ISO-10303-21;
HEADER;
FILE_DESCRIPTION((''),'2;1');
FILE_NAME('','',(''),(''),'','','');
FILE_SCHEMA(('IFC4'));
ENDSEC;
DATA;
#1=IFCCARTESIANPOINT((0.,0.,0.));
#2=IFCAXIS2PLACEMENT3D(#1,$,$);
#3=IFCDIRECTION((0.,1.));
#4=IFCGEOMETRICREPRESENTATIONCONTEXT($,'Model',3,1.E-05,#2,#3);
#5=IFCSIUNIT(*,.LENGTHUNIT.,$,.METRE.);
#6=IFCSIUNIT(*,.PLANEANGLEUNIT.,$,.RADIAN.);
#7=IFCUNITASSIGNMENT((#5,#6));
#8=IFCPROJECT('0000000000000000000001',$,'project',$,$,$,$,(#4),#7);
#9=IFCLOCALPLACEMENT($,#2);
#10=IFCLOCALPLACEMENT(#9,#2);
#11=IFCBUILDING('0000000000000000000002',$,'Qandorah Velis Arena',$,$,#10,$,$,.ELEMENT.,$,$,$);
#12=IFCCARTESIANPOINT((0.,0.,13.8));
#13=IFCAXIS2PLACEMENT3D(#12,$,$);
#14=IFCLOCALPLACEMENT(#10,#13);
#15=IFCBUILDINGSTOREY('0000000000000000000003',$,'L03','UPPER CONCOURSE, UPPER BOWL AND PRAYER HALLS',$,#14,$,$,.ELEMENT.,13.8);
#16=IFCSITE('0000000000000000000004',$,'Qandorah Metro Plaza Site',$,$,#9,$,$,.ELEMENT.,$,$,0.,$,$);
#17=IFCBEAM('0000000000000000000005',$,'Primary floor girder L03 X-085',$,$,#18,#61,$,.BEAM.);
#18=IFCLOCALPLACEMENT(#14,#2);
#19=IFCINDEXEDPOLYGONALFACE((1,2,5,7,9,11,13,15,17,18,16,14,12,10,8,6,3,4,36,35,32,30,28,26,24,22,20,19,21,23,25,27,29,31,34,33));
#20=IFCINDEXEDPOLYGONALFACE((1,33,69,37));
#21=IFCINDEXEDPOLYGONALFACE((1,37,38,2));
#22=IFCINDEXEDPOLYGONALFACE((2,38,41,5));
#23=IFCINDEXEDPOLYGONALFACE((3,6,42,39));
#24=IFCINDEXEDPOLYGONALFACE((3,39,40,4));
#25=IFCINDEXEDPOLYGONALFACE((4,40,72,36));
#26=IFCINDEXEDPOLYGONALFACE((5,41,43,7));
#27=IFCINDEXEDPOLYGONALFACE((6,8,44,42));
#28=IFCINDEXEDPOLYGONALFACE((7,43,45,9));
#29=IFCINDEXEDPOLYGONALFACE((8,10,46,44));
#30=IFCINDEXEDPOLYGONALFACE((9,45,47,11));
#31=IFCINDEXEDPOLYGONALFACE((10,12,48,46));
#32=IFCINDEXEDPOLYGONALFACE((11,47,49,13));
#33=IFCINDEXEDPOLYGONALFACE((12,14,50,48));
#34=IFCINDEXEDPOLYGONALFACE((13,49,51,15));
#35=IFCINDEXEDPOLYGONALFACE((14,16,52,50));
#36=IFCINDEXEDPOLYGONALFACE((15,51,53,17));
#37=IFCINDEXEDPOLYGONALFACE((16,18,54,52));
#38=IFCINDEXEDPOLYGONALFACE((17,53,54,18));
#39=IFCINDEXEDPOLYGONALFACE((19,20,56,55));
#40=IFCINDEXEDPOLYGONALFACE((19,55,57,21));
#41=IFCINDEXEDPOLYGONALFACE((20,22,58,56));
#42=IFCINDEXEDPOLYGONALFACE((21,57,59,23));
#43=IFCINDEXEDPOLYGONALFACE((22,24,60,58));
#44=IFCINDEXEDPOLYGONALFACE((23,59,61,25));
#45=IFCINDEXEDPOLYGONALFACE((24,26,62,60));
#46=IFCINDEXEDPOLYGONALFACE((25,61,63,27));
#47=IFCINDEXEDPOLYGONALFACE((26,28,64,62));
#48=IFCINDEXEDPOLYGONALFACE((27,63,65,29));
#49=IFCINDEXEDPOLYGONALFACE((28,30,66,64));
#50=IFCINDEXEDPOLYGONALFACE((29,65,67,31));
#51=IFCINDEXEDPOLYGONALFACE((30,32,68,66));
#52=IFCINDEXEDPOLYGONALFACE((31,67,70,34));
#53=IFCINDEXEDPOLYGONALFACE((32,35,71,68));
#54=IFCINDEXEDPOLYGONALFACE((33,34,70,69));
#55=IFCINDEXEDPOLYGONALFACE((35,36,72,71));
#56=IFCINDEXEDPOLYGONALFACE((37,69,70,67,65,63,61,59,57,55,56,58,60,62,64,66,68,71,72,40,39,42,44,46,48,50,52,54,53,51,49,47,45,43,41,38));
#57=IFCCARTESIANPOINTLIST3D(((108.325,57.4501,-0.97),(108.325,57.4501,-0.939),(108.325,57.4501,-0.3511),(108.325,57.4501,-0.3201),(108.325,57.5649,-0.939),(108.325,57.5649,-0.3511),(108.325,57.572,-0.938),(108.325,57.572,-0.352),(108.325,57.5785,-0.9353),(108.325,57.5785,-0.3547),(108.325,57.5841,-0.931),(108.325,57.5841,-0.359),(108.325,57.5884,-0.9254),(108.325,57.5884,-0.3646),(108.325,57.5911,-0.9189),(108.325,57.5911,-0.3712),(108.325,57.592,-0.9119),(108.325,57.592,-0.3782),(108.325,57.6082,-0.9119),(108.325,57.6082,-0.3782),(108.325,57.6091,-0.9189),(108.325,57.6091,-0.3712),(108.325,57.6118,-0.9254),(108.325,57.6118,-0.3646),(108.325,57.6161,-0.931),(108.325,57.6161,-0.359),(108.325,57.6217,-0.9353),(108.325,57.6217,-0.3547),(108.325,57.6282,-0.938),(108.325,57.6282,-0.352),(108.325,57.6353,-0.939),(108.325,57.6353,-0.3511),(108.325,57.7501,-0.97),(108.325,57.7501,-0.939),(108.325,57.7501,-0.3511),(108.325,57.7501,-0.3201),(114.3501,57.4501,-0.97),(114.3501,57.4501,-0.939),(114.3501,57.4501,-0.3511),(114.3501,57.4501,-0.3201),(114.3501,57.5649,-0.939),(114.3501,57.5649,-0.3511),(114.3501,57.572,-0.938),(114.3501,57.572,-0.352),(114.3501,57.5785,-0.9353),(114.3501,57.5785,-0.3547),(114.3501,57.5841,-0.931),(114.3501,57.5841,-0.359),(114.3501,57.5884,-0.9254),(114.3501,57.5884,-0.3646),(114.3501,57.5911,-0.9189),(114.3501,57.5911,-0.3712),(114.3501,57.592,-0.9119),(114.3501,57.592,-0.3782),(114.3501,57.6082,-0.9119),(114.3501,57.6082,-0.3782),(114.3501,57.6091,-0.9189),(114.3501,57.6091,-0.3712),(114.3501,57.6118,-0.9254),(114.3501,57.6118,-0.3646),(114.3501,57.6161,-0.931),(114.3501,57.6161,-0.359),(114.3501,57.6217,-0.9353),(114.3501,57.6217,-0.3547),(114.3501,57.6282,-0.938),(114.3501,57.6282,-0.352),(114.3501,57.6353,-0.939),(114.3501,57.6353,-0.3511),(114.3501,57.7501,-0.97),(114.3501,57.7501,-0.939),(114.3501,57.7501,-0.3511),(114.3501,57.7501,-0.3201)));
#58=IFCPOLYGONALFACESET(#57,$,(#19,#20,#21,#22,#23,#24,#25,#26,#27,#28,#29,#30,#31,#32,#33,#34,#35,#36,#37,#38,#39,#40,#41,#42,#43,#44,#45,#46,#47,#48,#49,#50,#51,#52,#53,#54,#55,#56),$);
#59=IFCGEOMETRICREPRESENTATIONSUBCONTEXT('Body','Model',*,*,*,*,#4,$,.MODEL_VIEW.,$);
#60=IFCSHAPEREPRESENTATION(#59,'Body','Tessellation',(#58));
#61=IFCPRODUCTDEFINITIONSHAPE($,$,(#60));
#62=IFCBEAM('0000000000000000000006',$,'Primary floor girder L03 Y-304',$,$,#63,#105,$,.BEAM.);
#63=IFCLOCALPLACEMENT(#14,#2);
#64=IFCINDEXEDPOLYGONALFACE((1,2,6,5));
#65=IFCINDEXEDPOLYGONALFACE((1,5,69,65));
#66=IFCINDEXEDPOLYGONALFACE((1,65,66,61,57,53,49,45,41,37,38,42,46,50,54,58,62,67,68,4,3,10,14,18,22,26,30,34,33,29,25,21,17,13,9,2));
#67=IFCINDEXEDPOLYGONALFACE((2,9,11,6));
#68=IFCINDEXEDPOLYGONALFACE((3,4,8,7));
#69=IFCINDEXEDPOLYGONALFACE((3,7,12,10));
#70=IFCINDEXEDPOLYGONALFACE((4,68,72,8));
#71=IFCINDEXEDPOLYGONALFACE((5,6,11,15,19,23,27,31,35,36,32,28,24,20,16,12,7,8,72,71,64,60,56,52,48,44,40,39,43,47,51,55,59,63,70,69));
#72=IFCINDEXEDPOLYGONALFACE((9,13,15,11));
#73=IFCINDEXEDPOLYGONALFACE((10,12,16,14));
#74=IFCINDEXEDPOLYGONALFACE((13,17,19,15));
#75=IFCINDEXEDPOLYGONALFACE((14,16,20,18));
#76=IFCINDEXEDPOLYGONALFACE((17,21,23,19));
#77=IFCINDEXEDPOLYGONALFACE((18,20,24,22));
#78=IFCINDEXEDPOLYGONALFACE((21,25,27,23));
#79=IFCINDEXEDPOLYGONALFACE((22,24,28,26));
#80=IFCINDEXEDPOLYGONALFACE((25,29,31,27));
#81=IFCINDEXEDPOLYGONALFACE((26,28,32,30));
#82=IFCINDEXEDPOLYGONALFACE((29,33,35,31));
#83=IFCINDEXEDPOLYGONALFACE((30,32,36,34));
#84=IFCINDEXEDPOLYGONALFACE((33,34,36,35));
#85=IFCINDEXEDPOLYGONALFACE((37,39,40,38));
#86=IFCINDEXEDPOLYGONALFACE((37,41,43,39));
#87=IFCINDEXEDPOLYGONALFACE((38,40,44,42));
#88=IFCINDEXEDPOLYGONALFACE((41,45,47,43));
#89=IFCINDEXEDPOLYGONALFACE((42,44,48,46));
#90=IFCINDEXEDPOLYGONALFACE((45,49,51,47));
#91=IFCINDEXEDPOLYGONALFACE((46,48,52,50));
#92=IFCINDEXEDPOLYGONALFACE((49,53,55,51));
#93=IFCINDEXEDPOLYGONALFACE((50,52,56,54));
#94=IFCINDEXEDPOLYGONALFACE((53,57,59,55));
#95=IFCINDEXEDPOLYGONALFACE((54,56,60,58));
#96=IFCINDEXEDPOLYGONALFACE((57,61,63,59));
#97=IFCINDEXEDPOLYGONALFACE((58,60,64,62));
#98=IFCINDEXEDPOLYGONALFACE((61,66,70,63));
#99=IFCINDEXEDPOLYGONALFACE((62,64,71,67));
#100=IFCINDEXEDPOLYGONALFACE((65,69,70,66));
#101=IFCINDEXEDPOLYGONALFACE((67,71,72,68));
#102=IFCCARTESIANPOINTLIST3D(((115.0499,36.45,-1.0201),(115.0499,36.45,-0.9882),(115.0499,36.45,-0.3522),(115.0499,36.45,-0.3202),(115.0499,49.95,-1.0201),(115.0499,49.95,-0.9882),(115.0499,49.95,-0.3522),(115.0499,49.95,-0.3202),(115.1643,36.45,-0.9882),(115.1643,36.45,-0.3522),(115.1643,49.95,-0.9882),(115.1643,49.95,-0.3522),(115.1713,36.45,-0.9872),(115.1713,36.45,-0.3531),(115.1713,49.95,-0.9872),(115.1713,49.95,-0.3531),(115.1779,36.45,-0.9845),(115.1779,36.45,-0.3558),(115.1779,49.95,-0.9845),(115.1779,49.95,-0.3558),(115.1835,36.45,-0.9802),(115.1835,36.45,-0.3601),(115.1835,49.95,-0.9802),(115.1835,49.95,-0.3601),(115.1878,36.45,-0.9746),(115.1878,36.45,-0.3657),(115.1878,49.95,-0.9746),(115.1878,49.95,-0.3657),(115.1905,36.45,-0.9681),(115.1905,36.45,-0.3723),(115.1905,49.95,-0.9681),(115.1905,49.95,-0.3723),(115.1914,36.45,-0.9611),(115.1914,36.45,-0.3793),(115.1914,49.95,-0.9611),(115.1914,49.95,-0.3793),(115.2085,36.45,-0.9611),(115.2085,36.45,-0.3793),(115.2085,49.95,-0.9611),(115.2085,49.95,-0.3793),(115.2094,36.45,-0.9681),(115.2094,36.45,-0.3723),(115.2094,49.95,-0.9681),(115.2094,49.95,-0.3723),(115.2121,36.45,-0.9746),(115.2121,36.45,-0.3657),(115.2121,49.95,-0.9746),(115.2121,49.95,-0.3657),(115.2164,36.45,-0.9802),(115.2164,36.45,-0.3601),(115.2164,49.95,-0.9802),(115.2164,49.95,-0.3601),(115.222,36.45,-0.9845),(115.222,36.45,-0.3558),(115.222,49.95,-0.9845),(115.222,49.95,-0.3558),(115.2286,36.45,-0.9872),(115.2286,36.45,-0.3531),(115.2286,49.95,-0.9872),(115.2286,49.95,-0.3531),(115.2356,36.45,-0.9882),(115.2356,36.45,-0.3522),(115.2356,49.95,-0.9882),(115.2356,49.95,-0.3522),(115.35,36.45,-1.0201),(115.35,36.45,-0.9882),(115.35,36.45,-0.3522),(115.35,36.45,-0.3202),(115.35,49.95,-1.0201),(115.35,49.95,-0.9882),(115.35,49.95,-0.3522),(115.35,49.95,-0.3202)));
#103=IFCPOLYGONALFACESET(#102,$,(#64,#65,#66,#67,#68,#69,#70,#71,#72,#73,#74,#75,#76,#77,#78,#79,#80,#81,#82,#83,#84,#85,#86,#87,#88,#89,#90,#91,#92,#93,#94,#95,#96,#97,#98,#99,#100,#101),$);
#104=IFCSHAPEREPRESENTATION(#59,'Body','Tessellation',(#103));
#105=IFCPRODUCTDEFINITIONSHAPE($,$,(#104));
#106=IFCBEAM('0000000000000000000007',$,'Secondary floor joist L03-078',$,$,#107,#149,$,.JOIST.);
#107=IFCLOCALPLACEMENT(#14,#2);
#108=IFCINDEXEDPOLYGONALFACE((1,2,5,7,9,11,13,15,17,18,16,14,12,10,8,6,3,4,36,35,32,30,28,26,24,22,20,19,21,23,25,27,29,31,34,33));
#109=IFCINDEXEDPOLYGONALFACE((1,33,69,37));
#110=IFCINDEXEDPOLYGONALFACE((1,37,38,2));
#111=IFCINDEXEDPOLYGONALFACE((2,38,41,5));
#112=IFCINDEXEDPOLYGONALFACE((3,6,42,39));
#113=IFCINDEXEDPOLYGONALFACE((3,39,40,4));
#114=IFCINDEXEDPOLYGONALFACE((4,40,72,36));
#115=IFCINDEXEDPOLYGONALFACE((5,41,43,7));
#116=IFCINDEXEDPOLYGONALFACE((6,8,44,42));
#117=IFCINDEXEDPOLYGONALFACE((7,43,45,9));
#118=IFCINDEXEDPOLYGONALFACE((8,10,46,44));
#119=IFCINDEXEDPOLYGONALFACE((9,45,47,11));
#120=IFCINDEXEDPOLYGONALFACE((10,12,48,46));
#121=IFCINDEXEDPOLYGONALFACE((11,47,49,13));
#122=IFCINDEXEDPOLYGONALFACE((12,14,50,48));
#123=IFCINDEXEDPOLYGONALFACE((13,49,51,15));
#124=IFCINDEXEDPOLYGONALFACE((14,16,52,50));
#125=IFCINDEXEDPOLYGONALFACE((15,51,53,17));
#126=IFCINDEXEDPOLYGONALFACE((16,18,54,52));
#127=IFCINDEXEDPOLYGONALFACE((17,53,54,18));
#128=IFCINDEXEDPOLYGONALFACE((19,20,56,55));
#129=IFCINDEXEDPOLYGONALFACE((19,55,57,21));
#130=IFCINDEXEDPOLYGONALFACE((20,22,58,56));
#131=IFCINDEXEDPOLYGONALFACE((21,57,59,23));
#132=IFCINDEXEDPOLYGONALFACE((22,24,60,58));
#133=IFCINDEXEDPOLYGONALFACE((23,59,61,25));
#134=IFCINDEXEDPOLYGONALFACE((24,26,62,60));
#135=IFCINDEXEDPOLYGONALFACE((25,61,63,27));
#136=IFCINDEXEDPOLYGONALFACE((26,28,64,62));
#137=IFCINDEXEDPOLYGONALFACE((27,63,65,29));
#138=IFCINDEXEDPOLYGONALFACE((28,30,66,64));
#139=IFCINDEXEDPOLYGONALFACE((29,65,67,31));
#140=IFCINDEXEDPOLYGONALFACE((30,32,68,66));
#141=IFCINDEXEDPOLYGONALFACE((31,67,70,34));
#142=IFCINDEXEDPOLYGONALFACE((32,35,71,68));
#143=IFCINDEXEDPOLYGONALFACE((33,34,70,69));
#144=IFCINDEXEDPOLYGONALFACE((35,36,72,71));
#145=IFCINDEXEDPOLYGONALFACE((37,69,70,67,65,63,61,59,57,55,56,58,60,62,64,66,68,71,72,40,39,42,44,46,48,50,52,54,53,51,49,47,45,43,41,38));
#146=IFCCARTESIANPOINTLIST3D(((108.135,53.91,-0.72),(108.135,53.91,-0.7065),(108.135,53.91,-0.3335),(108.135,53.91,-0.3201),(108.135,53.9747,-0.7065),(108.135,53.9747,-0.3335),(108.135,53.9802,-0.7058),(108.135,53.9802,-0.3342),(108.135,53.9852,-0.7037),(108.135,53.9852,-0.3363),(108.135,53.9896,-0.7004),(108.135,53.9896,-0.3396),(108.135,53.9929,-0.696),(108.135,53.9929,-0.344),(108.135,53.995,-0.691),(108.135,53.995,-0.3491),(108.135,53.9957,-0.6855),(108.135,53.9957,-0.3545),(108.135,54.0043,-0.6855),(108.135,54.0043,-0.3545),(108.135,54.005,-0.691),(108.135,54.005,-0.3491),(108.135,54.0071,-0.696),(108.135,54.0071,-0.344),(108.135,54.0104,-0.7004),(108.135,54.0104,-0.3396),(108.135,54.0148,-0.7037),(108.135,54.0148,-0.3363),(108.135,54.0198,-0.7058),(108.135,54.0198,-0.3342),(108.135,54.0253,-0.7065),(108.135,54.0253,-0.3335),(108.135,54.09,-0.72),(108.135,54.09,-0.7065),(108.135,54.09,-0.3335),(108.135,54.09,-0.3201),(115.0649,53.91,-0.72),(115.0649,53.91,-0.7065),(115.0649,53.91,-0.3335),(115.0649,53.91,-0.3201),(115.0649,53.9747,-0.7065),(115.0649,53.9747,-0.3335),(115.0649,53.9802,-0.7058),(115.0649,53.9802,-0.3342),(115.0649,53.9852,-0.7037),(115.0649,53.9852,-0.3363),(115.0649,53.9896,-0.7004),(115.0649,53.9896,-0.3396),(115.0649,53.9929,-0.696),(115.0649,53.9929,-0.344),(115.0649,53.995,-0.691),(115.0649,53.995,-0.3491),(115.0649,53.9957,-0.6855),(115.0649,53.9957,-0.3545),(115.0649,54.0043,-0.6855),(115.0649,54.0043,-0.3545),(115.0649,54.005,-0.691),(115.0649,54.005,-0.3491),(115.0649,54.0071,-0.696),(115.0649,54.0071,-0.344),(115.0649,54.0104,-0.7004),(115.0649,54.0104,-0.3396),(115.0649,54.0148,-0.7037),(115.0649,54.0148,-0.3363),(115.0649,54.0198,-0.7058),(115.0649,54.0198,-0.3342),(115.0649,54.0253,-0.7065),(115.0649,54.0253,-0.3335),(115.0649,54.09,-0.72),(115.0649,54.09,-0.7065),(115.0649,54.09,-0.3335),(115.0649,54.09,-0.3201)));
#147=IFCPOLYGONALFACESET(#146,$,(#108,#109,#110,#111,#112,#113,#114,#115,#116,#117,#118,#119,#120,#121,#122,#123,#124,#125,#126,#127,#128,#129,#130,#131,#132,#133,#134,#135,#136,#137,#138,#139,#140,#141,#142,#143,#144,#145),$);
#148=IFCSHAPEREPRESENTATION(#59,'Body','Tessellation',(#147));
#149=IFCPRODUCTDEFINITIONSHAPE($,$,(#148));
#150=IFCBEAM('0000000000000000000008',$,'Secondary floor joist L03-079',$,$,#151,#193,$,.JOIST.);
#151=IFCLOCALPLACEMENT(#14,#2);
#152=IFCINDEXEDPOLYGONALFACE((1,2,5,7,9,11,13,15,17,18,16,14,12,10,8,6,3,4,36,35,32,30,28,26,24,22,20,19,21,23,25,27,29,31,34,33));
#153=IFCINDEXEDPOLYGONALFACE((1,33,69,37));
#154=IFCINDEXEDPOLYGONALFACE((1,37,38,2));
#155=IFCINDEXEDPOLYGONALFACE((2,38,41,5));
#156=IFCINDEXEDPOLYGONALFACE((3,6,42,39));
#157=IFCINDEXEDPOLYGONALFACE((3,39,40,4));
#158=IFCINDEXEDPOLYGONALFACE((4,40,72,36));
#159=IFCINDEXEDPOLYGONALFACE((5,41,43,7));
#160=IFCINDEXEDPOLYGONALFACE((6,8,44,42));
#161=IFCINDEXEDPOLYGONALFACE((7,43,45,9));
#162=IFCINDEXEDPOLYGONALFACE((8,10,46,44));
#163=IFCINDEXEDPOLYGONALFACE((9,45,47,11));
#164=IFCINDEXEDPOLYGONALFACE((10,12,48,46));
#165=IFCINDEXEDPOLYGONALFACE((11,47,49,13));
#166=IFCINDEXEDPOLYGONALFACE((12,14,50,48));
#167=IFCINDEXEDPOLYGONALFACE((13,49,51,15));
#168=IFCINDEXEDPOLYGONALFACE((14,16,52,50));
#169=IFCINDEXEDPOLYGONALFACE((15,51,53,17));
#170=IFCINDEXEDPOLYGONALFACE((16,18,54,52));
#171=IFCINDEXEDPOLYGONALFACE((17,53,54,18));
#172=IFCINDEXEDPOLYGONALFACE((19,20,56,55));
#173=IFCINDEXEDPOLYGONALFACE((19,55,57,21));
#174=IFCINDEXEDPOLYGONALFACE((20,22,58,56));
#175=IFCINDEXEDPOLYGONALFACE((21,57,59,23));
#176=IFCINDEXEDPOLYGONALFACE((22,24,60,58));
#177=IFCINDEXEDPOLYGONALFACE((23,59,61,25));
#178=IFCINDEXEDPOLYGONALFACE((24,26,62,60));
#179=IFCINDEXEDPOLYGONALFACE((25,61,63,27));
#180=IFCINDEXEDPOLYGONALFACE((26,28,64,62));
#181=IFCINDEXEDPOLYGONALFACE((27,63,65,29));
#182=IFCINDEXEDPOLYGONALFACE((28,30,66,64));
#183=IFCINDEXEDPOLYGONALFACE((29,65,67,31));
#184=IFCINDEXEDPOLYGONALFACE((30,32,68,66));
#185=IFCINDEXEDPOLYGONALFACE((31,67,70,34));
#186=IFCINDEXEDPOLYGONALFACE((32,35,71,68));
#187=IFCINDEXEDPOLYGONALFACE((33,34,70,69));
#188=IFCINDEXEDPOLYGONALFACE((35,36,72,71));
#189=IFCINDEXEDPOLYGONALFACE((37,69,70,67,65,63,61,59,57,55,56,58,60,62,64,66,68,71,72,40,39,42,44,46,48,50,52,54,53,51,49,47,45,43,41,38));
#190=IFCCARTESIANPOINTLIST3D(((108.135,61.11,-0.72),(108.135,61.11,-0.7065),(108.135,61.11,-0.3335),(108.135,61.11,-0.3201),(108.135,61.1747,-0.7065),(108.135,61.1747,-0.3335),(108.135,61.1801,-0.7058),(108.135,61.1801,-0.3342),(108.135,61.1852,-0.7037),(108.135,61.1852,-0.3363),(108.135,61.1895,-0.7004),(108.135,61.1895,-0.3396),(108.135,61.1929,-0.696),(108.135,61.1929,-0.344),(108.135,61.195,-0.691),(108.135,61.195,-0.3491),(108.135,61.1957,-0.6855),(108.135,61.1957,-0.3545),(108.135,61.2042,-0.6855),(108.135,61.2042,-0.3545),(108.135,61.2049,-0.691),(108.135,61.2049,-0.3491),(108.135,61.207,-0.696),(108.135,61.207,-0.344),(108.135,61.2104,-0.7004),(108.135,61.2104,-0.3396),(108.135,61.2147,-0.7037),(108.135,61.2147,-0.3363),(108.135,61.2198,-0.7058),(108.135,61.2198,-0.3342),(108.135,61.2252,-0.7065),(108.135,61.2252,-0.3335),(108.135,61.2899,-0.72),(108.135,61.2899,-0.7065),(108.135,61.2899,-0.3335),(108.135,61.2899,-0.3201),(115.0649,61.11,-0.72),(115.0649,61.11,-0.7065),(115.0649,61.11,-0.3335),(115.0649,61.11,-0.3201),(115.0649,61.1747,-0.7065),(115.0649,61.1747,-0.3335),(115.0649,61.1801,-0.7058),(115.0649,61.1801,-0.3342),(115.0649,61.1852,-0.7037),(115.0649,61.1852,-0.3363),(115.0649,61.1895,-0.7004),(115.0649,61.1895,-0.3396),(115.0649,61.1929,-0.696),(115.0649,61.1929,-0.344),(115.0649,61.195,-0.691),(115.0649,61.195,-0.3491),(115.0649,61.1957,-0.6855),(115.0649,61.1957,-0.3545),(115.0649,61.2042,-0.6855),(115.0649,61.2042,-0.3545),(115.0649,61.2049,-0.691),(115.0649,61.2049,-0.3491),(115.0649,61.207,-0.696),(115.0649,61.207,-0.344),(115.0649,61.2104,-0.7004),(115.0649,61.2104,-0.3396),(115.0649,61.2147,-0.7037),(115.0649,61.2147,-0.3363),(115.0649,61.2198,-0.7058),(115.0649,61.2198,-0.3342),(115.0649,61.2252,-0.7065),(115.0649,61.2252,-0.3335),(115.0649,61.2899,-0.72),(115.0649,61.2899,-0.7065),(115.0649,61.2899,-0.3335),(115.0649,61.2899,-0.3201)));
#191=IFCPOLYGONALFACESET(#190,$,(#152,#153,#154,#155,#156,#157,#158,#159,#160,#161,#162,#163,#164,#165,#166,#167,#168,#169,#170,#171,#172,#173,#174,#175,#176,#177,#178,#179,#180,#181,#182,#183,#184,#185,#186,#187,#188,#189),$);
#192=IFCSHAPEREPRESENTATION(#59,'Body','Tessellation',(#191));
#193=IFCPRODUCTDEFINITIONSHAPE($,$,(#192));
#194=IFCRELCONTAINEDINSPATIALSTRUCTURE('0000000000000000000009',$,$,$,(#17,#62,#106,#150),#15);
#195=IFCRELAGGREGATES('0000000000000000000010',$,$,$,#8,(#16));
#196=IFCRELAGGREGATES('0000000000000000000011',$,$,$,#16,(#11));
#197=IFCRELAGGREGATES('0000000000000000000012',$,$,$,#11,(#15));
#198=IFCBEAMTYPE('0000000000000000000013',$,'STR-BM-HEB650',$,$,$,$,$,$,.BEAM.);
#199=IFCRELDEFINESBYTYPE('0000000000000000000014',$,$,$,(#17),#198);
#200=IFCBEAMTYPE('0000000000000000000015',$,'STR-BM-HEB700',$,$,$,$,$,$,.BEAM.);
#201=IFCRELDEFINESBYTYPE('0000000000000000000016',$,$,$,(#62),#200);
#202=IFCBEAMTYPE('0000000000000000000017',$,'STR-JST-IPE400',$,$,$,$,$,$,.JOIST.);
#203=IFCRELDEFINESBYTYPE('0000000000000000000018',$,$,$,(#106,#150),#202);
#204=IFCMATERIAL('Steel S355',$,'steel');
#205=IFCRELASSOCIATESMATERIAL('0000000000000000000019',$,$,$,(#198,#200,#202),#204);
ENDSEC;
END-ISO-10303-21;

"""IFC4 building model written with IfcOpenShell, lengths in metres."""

from ifc_helpers import new_model, si_unit, direction, frame, origin, origin_2d, place, context, subcontext, project, spatial, i_section, extrude, material, material_profile, profile_set, type_object, element, save


model = new_model("IFC4")

# Units and contexts
model_context = context("Model", 3, precision=1e-05, world=origin(), true_north=direction((0.0, 1.0)))
body_context = subcontext(model_context, "Body", "Model", "MODEL_VIEW")
ifc_project = project(units=[si_unit("LENGTHUNIT", "METRE"), si_unit("PLANEANGLEUNIT", "RADIAN")], contexts=[model_context])

# Site, building, storey
site_placement = place(None, origin())
site = spatial("IfcSite", under=ifc_project, at=site_placement, Name="Qandorah Metro Plaza Site", CompositionType="ELEMENT", RefElevation=0.0)
building_placement = place(site_placement, origin())
building = spatial("IfcBuilding", under=site, at=building_placement, Name="Qandorah Velis Arena", CompositionType="ELEMENT")
storey_placement = place(building_placement, frame((0.0, 0.0, 13.8)))
storey = spatial("IfcBuildingStorey", under=building, at=storey_placement, Name="L03", Description="UPPER CONCOURSE, UPPER BOWL AND PRAYER HALLS", CompositionType="ELEMENT", Elevation=13.8)

# Beams
ifc_material_1 = material(Name="Steel S355", Category="steel")
ifc_material_profile_1 = material_profile(ifc_material_1, i_section(OverallWidth=0.3, OverallDepth=0.6499, WebThickness=0.0161, FlangeThickness=0.031, FilletRadius=0.0271, at=origin_2d()), Name="HEB 650")
ifc_profile_set_1 = profile_set([ifc_material_profile_1], Name="Steel S355")
beam_type_1 = type_object("IfcBeamType", Name="STR-BM-HEB650", PredefinedType="BEAM", material=ifc_profile_set_1)
beam_1_placement = place(storey_placement, frame((108.325, 57.6001, -0.645), z_axis=(1.0, 0.0, 0.0), x_axis=(0.0, 1.0, 0.0)))
element("IfcBeam", 1, at=beam_1_placement, inside=storey, type_object=beam_type_1, Name="Primary floor girder L03 X-085", PredefinedType="BEAM", context=body_context, shape_type="SweptSolid", body=[
    extrude(i_section(OverallWidth=0.3, OverallDepth=0.6499, WebThickness=0.0161, FlangeThickness=0.031, FilletRadius=0.0271, at=origin_2d()), origin(), (0.0, 0.0, 1.0), 6.0251),
])
ifc_material_profile_2 = material_profile(ifc_material_1, i_section(OverallWidth=0.3, OverallDepth=0.7, WebThickness=0.0171, FlangeThickness=0.032, FilletRadius=0.0271, at=origin_2d()), Name="HEB 700")
ifc_profile_set_2 = profile_set([ifc_material_profile_2], Name="Steel S355")
beam_type_2 = type_object("IfcBeamType", Name="STR-BM-HEB700", PredefinedType="BEAM", material=ifc_profile_set_2)
beam_2_placement = place(storey_placement, frame((115.2, 36.45, -0.6702), z_axis=(0.0, 1.0, 0.0), x_axis=(-1.0, 0.0, 0.0)))
element("IfcBeam", 2, at=beam_2_placement, inside=storey, type_object=beam_type_2, Name="Primary floor girder L03 Y-304", PredefinedType="BEAM", context=body_context, shape_type="SweptSolid", body=[
    extrude(i_section(OverallWidth=0.3, OverallDepth=0.7, WebThickness=0.0171, FlangeThickness=0.032, FilletRadius=0.0271, at=origin_2d()), origin(), (0.0, 0.0, 1.0), 13.5),
])
ifc_material_profile_3 = material_profile(ifc_material_1, i_section(OverallWidth=0.1799, OverallDepth=0.3999, WebThickness=0.0085, FlangeThickness=0.0134, FilletRadius=0.021, at=origin_2d()), Name="IPE 400")
ifc_profile_set_3 = profile_set([ifc_material_profile_3], Name="Steel S355")
beam_type_3 = type_object("IfcBeamType", Name="STR-JST-IPE400", PredefinedType="JOIST", material=ifc_profile_set_3)
for number, where, z_axis, x_axis, name in (
    (3, (108.135, 54.0, -0.52), (1.0, 0.0, 0.0), (0.0, 1.0, 0.0), "Secondary floor joist L03-078"),
    (4, (108.135, 61.2, -0.52), (1.0, 0.0, 0.0), (0.0, 1.0, 0.0), "Secondary floor joist L03-079"),
):
    element("IfcBeam", number, at=place(storey_placement, frame(where, z_axis=z_axis, x_axis=x_axis)), inside=storey, type_object=beam_type_3, Name=name, PredefinedType="JOIST", context=body_context, shape_type="SweptSolid", body=[
        extrude(i_section(OverallWidth=0.1799, OverallDepth=0.3999, WebThickness=0.0085, FlangeThickness=0.0134, FilletRadius=0.021, at=origin_2d()), origin(), (0.0, 0.0, 1.0), 6.9299),
    ])

save(model, "model.ifc")
